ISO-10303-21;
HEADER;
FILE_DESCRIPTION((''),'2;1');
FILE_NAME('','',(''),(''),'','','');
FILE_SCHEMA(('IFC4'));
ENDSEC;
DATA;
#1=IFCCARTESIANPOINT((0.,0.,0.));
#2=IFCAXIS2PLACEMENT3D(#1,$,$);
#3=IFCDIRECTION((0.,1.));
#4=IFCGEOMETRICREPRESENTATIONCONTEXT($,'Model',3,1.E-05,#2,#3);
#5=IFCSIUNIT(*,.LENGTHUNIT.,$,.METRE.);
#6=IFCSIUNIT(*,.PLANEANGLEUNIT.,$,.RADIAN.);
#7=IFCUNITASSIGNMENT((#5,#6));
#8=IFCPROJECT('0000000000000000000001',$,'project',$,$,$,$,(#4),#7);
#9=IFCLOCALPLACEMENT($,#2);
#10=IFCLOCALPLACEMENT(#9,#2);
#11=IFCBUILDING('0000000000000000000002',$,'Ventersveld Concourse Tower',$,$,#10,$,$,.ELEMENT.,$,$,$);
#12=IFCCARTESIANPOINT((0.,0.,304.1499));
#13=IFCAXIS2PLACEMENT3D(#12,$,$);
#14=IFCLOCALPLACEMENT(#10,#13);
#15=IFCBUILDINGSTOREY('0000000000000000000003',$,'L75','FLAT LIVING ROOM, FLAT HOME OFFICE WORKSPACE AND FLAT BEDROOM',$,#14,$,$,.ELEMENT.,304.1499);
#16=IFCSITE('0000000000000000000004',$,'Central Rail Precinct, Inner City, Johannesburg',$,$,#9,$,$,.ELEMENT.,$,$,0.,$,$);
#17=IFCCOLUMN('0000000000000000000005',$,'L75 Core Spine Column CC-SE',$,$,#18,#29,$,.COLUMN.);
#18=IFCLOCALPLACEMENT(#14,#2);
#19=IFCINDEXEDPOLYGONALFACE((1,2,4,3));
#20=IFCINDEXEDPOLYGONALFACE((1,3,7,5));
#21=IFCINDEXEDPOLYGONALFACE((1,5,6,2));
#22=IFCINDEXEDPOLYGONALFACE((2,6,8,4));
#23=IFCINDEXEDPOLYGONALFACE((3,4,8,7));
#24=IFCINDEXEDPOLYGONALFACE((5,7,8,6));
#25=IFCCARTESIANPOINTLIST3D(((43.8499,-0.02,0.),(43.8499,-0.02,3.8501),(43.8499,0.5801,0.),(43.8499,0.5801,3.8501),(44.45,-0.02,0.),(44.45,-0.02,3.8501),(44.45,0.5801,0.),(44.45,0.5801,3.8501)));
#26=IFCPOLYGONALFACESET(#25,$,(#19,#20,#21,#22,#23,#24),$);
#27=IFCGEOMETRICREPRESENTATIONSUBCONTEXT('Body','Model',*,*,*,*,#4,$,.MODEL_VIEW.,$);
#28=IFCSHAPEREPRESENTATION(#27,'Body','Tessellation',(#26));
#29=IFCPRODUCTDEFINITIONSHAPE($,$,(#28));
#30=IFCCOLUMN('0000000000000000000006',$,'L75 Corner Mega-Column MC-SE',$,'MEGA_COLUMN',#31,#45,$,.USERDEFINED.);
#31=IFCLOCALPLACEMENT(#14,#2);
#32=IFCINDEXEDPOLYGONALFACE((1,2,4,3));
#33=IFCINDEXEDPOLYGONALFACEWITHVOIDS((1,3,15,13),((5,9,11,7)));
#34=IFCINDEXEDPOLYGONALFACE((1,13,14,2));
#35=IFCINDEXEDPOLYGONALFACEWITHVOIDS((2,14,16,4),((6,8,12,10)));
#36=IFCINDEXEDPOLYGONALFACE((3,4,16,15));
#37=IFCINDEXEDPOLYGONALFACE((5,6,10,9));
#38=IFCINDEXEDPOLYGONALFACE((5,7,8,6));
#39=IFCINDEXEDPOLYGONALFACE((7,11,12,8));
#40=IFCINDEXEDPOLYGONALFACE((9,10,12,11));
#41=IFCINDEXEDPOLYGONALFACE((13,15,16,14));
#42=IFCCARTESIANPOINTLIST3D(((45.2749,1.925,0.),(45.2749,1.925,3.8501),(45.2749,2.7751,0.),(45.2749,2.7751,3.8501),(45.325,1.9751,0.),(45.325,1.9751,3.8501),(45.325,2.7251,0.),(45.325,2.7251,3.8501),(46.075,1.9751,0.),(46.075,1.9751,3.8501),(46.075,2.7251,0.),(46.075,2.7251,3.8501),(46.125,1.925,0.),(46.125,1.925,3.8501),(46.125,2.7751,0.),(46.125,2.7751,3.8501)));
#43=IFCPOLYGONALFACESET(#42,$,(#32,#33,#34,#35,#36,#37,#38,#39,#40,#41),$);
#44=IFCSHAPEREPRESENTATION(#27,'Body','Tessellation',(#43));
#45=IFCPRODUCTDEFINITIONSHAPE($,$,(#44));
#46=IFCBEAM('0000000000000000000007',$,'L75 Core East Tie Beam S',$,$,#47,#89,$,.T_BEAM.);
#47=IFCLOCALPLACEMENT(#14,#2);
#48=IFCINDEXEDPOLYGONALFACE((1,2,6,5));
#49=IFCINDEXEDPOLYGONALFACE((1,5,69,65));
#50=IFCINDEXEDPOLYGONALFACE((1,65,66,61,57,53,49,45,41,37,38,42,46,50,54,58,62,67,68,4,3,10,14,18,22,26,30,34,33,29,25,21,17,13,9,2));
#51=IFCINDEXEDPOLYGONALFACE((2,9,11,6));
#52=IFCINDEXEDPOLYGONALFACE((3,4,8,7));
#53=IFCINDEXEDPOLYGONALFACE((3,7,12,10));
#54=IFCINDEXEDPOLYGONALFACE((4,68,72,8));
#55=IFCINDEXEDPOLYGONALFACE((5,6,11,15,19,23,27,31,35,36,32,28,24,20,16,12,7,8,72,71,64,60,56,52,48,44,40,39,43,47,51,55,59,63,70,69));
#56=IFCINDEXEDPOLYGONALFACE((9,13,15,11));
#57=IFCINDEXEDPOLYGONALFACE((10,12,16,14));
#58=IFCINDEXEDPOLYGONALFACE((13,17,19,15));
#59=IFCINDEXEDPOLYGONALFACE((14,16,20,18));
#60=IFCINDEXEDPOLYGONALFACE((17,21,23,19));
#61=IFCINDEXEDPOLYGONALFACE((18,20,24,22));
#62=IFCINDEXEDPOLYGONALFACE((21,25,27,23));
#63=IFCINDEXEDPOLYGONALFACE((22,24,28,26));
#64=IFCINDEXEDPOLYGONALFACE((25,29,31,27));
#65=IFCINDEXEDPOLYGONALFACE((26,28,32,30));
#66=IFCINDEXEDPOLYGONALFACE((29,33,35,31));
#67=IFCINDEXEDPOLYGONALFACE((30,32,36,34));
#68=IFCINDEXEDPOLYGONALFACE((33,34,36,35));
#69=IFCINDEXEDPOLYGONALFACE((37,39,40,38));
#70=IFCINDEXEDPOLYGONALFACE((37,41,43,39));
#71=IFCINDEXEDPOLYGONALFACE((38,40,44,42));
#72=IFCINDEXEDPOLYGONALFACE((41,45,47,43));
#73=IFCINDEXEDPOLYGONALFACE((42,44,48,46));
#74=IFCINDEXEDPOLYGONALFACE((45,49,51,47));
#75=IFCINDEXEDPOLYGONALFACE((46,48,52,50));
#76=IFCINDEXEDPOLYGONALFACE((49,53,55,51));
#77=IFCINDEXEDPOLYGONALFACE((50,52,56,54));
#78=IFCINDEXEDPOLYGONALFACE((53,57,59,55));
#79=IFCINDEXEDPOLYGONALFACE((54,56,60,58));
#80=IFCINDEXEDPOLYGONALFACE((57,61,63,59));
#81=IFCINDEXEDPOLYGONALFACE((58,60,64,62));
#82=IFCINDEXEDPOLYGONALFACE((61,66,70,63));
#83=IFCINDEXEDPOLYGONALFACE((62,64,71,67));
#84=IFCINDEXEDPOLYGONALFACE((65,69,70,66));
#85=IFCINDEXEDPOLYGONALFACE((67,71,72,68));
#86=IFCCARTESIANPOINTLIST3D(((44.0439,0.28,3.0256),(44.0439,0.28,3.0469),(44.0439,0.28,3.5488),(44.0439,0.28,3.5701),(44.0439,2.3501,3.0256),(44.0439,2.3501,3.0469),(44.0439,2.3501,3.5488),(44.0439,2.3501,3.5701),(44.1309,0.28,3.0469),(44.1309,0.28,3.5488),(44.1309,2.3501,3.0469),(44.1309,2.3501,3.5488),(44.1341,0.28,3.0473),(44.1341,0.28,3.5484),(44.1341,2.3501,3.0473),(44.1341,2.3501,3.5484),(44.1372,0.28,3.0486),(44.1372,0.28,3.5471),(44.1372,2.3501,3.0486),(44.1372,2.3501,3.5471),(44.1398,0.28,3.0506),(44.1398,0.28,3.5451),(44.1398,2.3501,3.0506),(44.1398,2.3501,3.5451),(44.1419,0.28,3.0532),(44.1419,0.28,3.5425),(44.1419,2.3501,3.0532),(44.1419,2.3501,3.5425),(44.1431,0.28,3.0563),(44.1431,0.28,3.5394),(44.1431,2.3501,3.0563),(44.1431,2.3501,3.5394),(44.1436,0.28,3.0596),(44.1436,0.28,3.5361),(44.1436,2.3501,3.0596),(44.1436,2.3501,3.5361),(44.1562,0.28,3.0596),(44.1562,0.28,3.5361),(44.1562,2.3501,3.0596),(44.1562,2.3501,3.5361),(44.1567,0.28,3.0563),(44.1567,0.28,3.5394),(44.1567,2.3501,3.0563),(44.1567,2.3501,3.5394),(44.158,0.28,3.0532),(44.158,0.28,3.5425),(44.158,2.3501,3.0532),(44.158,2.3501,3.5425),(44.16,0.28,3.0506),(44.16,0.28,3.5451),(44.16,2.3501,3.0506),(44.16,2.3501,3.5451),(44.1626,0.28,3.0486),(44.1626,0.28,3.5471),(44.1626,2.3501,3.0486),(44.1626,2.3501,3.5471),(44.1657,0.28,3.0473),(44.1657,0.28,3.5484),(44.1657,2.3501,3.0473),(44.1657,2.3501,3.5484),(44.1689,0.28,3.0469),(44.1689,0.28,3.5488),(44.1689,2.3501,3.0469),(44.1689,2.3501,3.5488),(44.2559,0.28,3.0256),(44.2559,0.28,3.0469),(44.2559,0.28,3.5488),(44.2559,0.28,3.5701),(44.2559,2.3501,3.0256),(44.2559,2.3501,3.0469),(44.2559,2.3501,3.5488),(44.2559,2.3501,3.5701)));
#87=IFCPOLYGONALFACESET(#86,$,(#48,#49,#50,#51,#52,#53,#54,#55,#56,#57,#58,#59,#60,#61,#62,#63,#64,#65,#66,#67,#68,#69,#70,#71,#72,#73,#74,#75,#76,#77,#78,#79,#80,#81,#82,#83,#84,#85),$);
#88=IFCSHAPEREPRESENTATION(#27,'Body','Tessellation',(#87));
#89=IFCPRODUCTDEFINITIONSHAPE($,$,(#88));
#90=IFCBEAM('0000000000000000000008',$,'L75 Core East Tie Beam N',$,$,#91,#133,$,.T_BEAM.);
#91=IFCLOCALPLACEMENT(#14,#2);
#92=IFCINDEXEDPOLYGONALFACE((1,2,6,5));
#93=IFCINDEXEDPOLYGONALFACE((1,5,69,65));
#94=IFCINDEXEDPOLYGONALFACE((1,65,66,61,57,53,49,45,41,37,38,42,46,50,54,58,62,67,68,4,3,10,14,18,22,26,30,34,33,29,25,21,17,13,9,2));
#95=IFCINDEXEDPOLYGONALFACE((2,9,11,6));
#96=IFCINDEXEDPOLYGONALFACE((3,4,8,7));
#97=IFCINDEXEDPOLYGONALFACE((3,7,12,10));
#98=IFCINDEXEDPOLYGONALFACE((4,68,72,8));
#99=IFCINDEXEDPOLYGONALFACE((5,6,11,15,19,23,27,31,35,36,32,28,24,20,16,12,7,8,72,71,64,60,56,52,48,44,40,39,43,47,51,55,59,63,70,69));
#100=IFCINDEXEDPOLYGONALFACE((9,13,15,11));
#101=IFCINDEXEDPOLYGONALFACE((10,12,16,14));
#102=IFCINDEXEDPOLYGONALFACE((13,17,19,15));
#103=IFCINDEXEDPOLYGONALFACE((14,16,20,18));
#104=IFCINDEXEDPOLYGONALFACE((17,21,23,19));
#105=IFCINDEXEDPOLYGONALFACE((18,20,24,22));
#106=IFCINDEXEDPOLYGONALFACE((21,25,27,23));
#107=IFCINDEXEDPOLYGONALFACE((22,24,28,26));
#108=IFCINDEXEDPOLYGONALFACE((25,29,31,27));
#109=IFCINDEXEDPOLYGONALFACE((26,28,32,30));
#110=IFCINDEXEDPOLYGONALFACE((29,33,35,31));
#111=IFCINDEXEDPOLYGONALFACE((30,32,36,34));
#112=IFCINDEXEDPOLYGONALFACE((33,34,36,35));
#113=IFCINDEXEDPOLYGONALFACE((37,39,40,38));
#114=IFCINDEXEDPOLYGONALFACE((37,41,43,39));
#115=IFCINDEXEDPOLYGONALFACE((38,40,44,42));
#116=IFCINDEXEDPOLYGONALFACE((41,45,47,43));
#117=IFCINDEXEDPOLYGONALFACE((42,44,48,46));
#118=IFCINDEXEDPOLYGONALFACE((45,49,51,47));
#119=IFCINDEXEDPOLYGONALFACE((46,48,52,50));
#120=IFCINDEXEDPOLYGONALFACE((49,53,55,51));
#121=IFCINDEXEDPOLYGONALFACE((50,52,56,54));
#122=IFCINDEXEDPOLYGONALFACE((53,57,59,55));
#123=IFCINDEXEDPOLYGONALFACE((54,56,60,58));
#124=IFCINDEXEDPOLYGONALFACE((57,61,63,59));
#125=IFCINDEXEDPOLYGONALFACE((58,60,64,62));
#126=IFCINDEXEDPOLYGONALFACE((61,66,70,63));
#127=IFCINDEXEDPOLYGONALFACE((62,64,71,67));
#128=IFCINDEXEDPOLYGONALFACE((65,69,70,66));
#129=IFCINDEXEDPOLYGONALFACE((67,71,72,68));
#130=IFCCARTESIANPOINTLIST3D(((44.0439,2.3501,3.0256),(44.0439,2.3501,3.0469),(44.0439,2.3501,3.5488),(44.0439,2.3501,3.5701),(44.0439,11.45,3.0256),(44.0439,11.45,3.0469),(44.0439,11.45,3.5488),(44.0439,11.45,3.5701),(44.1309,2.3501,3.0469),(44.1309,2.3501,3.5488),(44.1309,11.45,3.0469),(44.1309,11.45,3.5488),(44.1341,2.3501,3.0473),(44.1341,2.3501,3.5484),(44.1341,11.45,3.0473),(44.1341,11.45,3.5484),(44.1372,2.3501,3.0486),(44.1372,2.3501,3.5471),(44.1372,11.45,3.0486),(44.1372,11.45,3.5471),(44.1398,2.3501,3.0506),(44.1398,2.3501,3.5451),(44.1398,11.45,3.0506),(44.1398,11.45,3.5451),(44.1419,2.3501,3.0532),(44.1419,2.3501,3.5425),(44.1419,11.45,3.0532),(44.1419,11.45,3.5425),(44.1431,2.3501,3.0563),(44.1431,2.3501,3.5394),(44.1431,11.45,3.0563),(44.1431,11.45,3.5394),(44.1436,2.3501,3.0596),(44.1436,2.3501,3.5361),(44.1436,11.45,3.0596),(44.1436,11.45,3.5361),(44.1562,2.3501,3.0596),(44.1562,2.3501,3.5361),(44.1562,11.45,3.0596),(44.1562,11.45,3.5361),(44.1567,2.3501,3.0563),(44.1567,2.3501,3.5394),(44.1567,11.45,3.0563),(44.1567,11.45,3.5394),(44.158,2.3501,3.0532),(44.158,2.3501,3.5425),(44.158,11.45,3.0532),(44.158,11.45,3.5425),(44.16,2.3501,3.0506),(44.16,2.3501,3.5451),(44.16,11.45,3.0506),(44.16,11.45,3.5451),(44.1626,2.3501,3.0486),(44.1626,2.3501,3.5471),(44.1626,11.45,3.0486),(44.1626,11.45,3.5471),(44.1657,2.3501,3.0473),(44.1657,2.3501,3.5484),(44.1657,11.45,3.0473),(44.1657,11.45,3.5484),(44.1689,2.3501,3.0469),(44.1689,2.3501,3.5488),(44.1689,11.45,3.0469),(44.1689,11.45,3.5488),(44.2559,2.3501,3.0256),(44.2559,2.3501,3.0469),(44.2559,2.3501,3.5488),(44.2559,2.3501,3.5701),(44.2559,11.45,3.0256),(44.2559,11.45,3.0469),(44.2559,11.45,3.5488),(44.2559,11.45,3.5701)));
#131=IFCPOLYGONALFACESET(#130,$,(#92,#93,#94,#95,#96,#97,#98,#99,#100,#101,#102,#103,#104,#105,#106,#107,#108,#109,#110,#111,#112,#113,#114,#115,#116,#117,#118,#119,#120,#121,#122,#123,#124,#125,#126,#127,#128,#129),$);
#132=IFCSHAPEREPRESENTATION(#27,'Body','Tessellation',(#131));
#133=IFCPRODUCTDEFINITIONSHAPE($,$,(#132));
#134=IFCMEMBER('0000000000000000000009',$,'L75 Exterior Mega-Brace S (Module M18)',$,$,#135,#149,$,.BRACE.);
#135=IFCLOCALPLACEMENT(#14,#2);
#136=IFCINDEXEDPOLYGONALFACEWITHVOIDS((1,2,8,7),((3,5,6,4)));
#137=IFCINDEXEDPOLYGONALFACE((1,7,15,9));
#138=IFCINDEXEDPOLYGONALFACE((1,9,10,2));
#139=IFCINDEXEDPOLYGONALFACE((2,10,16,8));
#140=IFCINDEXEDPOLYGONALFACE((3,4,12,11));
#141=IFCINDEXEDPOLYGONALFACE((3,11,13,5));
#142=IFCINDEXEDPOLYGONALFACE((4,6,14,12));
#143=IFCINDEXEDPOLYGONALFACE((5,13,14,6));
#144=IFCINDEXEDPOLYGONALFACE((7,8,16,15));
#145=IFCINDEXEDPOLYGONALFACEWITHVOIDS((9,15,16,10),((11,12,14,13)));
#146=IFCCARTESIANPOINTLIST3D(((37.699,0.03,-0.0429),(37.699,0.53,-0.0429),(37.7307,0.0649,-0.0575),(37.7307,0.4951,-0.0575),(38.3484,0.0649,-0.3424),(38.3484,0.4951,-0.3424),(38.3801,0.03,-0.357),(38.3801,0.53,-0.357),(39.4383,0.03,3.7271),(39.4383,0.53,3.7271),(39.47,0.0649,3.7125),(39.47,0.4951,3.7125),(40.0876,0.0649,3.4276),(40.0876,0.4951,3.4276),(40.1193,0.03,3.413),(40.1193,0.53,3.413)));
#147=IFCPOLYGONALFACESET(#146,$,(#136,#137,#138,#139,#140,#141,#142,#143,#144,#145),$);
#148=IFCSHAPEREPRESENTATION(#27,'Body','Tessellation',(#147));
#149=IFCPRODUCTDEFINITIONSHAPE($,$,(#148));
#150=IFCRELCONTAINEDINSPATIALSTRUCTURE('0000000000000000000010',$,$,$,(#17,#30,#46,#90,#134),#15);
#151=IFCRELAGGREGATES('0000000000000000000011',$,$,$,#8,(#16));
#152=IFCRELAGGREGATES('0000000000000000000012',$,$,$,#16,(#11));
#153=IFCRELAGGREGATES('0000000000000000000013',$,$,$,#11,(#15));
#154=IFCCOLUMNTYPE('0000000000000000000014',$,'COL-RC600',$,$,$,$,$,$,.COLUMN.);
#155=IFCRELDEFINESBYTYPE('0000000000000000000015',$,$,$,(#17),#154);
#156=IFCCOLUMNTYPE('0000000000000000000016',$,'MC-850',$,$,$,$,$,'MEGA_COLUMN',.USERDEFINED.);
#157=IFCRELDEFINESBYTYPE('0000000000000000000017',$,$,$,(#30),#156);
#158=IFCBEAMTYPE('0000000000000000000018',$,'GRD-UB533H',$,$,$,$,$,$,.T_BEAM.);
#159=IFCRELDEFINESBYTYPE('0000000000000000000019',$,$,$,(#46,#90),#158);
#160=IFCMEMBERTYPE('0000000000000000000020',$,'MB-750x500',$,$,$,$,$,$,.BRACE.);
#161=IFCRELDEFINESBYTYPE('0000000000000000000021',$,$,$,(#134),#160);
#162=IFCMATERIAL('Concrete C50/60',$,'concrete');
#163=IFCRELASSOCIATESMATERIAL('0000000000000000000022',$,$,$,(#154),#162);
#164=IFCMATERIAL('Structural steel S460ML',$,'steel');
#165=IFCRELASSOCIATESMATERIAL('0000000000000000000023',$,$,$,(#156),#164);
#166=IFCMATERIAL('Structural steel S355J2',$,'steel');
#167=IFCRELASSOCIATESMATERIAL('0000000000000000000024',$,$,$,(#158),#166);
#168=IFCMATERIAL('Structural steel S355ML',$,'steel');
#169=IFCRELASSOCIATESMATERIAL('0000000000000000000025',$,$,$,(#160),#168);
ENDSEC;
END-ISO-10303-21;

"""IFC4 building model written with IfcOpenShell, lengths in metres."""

from ifc_helpers import new_model, si_unit, direction, frame, origin, origin_2d, place, context, subcontext, project, spatial, rectangle, hollow_rectangle, i_section, extrude, material, material_profile, profile_set, type_object, element, save


model = new_model("IFC4")

# Units and contexts
model_context = context("Model", 3, precision=1e-05, world=origin(), true_north=direction((0.0, 1.0)))
body_context = subcontext(model_context, "Body", "Model", "MODEL_VIEW")
ifc_project = project(units=[si_unit("LENGTHUNIT", "METRE"), si_unit("PLANEANGLEUNIT", "RADIAN")], contexts=[model_context])

# Site, building, storey
site_placement = place(None, origin())
site = spatial("IfcSite", under=ifc_project, at=site_placement, Name="Central Rail Precinct, Inner City, Johannesburg", CompositionType="ELEMENT", RefElevation=0.0)
building_placement = place(site_placement, origin())
building = spatial("IfcBuilding", under=site, at=building_placement, Name="Ventersveld Concourse Tower", CompositionType="ELEMENT")
storey_placement = place(building_placement, frame((0.0, 0.0, 304.1499)))
storey = spatial("IfcBuildingStorey", under=building, at=storey_placement, Name="L75", Description="FLAT LIVING ROOM, FLAT HOME OFFICE WORKSPACE AND FLAT BEDROOM", CompositionType="ELEMENT", Elevation=304.1499)

# Columns
ifc_material_1 = material(Name="Concrete C50/60", Category="concrete")
ifc_material_profile_1 = material_profile(ifc_material_1, rectangle(XDim=0.6001, YDim=0.6001, at=origin_2d()), Name="RC 600x600")
ifc_profile_set_1 = profile_set([ifc_material_profile_1], Name="Concrete C50/60")
column_type_1 = type_object("IfcColumnType", Name="COL-RC600", PredefinedType="COLUMN", material=ifc_profile_set_1)
column_1_placement = place(storey_placement, frame((44.1499, 0.28, 0.0), z_axis=(0.0, 0.0, 1.0), x_axis=(1.0, 0.0, 0.0)))
element("IfcColumn", 1, at=column_1_placement, inside=storey, type_object=column_type_1, Name="L75 Core Spine Column CC-SE", PredefinedType="COLUMN", context=body_context, shape_type="SweptSolid", body=[
    extrude(rectangle(XDim=0.6001, YDim=0.6001, at=origin_2d()), origin(), (0.0, 0.0, 1.0), 3.8501),
])
ifc_material_2 = material(Name="Structural steel S460ML", Category="steel")
ifc_material_profile_2 = material_profile(ifc_material_2, hollow_rectangle(XDim=0.8501, YDim=0.8501, WallThickness=0.05, at=origin_2d()), Name="BOX 850x850x50")
ifc_profile_set_2 = profile_set([ifc_material_profile_2], Name="Structural steel S460ML")
column_type_2 = type_object("IfcColumnType", Name="MC-850", ElementType="MEGA_COLUMN", PredefinedType="USERDEFINED", material=ifc_profile_set_2)
column_2_placement = place(storey_placement, frame((45.7, 2.3501, 0.0), z_axis=(0.0, 0.0, 1.0), x_axis=(1.0, 0.0, 0.0)))
element("IfcColumn", 2, at=column_2_placement, inside=storey, type_object=column_type_2, Name="L75 Corner Mega-Column MC-SE", ObjectType="MEGA_COLUMN", PredefinedType="USERDEFINED", context=body_context, shape_type="SweptSolid", body=[
    extrude(hollow_rectangle(XDim=0.8501, YDim=0.8501, WallThickness=0.05, at=origin_2d()), origin(), (0.0, 0.0, 1.0), 3.8501),
])

# Beams
ifc_material_3 = material(Name="Structural steel S355J2", Category="steel")
ifc_material_profile_3 = material_profile(ifc_material_3, i_section(OverallWidth=0.2119, OverallDepth=0.5444, WebThickness=0.0127, FlangeThickness=0.0212, FilletRadius=0.0127, at=origin_2d()), Name="UB 533x210x122")
ifc_profile_set_3 = profile_set([ifc_material_profile_3], Name="Structural steel S355J2")
beam_type_1 = type_object("IfcBeamType", Name="GRD-UB533H", PredefinedType="T_BEAM", material=ifc_profile_set_3)
beam_1_placement = place(storey_placement, frame((44.1499, 0.28, 3.2979), z_axis=(0.0, 1.0, 0.0), x_axis=(-1.0, 0.0, 0.0)))
element("IfcBeam", 3, at=beam_1_placement, inside=storey, type_object=beam_type_1, Name="L75 Core East Tie Beam S", PredefinedType="T_BEAM", context=body_context, shape_type="SweptSolid", body=[
    extrude(i_section(OverallWidth=0.2119, OverallDepth=0.5444, WebThickness=0.0127, FlangeThickness=0.0212, FilletRadius=0.0127, at=origin_2d()), origin(), (0.0, 0.0, 1.0), 2.0701),
])
beam_2_placement = place(storey_placement, frame((44.1499, 2.3501, 3.2979), z_axis=(0.0, 1.0, 0.0), x_axis=(-1.0, 0.0, 0.0)))
element("IfcBeam", 4, at=beam_2_placement, inside=storey, type_object=beam_type_1, Name="L75 Core East Tie Beam N", PredefinedType="T_BEAM", context=body_context, shape_type="SweptSolid", body=[
    extrude(i_section(OverallWidth=0.2119, OverallDepth=0.5444, WebThickness=0.0127, FlangeThickness=0.0212, FilletRadius=0.0127, at=origin_2d()), origin(), (0.0, 0.0, 1.0), 9.0999),
])

# Member
ifc_material_4 = material(Name="Structural steel S355ML", Category="steel")
ifc_material_profile_4 = material_profile(ifc_material_4, hollow_rectangle(XDim=0.5, YDim=0.75, WallThickness=0.0349, at=origin_2d()), Name="BOX 750x500x35")
ifc_profile_set_4 = profile_set([ifc_material_profile_4], Name="Structural steel S355ML")
member_type = type_object("IfcMemberType", Name="MB-750x500", PredefinedType="BRACE", material=ifc_profile_set_4)
member_placement = place(storey_placement, frame((38.0396, 0.28, -0.2), z_axis=(0.418909, 0.0, 0.908028), x_axis=(0.0, 1.0, 0.0)))
element("IfcMember", 5, at=member_placement, inside=storey, type_object=member_type, Name="L75 Exterior Mega-Brace S (Module M18)", PredefinedType="BRACE", context=body_context, shape_type="SweptSolid", body=[
    extrude(hollow_rectangle(XDim=0.5, YDim=0.75, WallThickness=0.0349, at=origin_2d()), origin(), (0.0, 0.0, 1.0), 4.1519),
])

save(model, "model.ifc")
